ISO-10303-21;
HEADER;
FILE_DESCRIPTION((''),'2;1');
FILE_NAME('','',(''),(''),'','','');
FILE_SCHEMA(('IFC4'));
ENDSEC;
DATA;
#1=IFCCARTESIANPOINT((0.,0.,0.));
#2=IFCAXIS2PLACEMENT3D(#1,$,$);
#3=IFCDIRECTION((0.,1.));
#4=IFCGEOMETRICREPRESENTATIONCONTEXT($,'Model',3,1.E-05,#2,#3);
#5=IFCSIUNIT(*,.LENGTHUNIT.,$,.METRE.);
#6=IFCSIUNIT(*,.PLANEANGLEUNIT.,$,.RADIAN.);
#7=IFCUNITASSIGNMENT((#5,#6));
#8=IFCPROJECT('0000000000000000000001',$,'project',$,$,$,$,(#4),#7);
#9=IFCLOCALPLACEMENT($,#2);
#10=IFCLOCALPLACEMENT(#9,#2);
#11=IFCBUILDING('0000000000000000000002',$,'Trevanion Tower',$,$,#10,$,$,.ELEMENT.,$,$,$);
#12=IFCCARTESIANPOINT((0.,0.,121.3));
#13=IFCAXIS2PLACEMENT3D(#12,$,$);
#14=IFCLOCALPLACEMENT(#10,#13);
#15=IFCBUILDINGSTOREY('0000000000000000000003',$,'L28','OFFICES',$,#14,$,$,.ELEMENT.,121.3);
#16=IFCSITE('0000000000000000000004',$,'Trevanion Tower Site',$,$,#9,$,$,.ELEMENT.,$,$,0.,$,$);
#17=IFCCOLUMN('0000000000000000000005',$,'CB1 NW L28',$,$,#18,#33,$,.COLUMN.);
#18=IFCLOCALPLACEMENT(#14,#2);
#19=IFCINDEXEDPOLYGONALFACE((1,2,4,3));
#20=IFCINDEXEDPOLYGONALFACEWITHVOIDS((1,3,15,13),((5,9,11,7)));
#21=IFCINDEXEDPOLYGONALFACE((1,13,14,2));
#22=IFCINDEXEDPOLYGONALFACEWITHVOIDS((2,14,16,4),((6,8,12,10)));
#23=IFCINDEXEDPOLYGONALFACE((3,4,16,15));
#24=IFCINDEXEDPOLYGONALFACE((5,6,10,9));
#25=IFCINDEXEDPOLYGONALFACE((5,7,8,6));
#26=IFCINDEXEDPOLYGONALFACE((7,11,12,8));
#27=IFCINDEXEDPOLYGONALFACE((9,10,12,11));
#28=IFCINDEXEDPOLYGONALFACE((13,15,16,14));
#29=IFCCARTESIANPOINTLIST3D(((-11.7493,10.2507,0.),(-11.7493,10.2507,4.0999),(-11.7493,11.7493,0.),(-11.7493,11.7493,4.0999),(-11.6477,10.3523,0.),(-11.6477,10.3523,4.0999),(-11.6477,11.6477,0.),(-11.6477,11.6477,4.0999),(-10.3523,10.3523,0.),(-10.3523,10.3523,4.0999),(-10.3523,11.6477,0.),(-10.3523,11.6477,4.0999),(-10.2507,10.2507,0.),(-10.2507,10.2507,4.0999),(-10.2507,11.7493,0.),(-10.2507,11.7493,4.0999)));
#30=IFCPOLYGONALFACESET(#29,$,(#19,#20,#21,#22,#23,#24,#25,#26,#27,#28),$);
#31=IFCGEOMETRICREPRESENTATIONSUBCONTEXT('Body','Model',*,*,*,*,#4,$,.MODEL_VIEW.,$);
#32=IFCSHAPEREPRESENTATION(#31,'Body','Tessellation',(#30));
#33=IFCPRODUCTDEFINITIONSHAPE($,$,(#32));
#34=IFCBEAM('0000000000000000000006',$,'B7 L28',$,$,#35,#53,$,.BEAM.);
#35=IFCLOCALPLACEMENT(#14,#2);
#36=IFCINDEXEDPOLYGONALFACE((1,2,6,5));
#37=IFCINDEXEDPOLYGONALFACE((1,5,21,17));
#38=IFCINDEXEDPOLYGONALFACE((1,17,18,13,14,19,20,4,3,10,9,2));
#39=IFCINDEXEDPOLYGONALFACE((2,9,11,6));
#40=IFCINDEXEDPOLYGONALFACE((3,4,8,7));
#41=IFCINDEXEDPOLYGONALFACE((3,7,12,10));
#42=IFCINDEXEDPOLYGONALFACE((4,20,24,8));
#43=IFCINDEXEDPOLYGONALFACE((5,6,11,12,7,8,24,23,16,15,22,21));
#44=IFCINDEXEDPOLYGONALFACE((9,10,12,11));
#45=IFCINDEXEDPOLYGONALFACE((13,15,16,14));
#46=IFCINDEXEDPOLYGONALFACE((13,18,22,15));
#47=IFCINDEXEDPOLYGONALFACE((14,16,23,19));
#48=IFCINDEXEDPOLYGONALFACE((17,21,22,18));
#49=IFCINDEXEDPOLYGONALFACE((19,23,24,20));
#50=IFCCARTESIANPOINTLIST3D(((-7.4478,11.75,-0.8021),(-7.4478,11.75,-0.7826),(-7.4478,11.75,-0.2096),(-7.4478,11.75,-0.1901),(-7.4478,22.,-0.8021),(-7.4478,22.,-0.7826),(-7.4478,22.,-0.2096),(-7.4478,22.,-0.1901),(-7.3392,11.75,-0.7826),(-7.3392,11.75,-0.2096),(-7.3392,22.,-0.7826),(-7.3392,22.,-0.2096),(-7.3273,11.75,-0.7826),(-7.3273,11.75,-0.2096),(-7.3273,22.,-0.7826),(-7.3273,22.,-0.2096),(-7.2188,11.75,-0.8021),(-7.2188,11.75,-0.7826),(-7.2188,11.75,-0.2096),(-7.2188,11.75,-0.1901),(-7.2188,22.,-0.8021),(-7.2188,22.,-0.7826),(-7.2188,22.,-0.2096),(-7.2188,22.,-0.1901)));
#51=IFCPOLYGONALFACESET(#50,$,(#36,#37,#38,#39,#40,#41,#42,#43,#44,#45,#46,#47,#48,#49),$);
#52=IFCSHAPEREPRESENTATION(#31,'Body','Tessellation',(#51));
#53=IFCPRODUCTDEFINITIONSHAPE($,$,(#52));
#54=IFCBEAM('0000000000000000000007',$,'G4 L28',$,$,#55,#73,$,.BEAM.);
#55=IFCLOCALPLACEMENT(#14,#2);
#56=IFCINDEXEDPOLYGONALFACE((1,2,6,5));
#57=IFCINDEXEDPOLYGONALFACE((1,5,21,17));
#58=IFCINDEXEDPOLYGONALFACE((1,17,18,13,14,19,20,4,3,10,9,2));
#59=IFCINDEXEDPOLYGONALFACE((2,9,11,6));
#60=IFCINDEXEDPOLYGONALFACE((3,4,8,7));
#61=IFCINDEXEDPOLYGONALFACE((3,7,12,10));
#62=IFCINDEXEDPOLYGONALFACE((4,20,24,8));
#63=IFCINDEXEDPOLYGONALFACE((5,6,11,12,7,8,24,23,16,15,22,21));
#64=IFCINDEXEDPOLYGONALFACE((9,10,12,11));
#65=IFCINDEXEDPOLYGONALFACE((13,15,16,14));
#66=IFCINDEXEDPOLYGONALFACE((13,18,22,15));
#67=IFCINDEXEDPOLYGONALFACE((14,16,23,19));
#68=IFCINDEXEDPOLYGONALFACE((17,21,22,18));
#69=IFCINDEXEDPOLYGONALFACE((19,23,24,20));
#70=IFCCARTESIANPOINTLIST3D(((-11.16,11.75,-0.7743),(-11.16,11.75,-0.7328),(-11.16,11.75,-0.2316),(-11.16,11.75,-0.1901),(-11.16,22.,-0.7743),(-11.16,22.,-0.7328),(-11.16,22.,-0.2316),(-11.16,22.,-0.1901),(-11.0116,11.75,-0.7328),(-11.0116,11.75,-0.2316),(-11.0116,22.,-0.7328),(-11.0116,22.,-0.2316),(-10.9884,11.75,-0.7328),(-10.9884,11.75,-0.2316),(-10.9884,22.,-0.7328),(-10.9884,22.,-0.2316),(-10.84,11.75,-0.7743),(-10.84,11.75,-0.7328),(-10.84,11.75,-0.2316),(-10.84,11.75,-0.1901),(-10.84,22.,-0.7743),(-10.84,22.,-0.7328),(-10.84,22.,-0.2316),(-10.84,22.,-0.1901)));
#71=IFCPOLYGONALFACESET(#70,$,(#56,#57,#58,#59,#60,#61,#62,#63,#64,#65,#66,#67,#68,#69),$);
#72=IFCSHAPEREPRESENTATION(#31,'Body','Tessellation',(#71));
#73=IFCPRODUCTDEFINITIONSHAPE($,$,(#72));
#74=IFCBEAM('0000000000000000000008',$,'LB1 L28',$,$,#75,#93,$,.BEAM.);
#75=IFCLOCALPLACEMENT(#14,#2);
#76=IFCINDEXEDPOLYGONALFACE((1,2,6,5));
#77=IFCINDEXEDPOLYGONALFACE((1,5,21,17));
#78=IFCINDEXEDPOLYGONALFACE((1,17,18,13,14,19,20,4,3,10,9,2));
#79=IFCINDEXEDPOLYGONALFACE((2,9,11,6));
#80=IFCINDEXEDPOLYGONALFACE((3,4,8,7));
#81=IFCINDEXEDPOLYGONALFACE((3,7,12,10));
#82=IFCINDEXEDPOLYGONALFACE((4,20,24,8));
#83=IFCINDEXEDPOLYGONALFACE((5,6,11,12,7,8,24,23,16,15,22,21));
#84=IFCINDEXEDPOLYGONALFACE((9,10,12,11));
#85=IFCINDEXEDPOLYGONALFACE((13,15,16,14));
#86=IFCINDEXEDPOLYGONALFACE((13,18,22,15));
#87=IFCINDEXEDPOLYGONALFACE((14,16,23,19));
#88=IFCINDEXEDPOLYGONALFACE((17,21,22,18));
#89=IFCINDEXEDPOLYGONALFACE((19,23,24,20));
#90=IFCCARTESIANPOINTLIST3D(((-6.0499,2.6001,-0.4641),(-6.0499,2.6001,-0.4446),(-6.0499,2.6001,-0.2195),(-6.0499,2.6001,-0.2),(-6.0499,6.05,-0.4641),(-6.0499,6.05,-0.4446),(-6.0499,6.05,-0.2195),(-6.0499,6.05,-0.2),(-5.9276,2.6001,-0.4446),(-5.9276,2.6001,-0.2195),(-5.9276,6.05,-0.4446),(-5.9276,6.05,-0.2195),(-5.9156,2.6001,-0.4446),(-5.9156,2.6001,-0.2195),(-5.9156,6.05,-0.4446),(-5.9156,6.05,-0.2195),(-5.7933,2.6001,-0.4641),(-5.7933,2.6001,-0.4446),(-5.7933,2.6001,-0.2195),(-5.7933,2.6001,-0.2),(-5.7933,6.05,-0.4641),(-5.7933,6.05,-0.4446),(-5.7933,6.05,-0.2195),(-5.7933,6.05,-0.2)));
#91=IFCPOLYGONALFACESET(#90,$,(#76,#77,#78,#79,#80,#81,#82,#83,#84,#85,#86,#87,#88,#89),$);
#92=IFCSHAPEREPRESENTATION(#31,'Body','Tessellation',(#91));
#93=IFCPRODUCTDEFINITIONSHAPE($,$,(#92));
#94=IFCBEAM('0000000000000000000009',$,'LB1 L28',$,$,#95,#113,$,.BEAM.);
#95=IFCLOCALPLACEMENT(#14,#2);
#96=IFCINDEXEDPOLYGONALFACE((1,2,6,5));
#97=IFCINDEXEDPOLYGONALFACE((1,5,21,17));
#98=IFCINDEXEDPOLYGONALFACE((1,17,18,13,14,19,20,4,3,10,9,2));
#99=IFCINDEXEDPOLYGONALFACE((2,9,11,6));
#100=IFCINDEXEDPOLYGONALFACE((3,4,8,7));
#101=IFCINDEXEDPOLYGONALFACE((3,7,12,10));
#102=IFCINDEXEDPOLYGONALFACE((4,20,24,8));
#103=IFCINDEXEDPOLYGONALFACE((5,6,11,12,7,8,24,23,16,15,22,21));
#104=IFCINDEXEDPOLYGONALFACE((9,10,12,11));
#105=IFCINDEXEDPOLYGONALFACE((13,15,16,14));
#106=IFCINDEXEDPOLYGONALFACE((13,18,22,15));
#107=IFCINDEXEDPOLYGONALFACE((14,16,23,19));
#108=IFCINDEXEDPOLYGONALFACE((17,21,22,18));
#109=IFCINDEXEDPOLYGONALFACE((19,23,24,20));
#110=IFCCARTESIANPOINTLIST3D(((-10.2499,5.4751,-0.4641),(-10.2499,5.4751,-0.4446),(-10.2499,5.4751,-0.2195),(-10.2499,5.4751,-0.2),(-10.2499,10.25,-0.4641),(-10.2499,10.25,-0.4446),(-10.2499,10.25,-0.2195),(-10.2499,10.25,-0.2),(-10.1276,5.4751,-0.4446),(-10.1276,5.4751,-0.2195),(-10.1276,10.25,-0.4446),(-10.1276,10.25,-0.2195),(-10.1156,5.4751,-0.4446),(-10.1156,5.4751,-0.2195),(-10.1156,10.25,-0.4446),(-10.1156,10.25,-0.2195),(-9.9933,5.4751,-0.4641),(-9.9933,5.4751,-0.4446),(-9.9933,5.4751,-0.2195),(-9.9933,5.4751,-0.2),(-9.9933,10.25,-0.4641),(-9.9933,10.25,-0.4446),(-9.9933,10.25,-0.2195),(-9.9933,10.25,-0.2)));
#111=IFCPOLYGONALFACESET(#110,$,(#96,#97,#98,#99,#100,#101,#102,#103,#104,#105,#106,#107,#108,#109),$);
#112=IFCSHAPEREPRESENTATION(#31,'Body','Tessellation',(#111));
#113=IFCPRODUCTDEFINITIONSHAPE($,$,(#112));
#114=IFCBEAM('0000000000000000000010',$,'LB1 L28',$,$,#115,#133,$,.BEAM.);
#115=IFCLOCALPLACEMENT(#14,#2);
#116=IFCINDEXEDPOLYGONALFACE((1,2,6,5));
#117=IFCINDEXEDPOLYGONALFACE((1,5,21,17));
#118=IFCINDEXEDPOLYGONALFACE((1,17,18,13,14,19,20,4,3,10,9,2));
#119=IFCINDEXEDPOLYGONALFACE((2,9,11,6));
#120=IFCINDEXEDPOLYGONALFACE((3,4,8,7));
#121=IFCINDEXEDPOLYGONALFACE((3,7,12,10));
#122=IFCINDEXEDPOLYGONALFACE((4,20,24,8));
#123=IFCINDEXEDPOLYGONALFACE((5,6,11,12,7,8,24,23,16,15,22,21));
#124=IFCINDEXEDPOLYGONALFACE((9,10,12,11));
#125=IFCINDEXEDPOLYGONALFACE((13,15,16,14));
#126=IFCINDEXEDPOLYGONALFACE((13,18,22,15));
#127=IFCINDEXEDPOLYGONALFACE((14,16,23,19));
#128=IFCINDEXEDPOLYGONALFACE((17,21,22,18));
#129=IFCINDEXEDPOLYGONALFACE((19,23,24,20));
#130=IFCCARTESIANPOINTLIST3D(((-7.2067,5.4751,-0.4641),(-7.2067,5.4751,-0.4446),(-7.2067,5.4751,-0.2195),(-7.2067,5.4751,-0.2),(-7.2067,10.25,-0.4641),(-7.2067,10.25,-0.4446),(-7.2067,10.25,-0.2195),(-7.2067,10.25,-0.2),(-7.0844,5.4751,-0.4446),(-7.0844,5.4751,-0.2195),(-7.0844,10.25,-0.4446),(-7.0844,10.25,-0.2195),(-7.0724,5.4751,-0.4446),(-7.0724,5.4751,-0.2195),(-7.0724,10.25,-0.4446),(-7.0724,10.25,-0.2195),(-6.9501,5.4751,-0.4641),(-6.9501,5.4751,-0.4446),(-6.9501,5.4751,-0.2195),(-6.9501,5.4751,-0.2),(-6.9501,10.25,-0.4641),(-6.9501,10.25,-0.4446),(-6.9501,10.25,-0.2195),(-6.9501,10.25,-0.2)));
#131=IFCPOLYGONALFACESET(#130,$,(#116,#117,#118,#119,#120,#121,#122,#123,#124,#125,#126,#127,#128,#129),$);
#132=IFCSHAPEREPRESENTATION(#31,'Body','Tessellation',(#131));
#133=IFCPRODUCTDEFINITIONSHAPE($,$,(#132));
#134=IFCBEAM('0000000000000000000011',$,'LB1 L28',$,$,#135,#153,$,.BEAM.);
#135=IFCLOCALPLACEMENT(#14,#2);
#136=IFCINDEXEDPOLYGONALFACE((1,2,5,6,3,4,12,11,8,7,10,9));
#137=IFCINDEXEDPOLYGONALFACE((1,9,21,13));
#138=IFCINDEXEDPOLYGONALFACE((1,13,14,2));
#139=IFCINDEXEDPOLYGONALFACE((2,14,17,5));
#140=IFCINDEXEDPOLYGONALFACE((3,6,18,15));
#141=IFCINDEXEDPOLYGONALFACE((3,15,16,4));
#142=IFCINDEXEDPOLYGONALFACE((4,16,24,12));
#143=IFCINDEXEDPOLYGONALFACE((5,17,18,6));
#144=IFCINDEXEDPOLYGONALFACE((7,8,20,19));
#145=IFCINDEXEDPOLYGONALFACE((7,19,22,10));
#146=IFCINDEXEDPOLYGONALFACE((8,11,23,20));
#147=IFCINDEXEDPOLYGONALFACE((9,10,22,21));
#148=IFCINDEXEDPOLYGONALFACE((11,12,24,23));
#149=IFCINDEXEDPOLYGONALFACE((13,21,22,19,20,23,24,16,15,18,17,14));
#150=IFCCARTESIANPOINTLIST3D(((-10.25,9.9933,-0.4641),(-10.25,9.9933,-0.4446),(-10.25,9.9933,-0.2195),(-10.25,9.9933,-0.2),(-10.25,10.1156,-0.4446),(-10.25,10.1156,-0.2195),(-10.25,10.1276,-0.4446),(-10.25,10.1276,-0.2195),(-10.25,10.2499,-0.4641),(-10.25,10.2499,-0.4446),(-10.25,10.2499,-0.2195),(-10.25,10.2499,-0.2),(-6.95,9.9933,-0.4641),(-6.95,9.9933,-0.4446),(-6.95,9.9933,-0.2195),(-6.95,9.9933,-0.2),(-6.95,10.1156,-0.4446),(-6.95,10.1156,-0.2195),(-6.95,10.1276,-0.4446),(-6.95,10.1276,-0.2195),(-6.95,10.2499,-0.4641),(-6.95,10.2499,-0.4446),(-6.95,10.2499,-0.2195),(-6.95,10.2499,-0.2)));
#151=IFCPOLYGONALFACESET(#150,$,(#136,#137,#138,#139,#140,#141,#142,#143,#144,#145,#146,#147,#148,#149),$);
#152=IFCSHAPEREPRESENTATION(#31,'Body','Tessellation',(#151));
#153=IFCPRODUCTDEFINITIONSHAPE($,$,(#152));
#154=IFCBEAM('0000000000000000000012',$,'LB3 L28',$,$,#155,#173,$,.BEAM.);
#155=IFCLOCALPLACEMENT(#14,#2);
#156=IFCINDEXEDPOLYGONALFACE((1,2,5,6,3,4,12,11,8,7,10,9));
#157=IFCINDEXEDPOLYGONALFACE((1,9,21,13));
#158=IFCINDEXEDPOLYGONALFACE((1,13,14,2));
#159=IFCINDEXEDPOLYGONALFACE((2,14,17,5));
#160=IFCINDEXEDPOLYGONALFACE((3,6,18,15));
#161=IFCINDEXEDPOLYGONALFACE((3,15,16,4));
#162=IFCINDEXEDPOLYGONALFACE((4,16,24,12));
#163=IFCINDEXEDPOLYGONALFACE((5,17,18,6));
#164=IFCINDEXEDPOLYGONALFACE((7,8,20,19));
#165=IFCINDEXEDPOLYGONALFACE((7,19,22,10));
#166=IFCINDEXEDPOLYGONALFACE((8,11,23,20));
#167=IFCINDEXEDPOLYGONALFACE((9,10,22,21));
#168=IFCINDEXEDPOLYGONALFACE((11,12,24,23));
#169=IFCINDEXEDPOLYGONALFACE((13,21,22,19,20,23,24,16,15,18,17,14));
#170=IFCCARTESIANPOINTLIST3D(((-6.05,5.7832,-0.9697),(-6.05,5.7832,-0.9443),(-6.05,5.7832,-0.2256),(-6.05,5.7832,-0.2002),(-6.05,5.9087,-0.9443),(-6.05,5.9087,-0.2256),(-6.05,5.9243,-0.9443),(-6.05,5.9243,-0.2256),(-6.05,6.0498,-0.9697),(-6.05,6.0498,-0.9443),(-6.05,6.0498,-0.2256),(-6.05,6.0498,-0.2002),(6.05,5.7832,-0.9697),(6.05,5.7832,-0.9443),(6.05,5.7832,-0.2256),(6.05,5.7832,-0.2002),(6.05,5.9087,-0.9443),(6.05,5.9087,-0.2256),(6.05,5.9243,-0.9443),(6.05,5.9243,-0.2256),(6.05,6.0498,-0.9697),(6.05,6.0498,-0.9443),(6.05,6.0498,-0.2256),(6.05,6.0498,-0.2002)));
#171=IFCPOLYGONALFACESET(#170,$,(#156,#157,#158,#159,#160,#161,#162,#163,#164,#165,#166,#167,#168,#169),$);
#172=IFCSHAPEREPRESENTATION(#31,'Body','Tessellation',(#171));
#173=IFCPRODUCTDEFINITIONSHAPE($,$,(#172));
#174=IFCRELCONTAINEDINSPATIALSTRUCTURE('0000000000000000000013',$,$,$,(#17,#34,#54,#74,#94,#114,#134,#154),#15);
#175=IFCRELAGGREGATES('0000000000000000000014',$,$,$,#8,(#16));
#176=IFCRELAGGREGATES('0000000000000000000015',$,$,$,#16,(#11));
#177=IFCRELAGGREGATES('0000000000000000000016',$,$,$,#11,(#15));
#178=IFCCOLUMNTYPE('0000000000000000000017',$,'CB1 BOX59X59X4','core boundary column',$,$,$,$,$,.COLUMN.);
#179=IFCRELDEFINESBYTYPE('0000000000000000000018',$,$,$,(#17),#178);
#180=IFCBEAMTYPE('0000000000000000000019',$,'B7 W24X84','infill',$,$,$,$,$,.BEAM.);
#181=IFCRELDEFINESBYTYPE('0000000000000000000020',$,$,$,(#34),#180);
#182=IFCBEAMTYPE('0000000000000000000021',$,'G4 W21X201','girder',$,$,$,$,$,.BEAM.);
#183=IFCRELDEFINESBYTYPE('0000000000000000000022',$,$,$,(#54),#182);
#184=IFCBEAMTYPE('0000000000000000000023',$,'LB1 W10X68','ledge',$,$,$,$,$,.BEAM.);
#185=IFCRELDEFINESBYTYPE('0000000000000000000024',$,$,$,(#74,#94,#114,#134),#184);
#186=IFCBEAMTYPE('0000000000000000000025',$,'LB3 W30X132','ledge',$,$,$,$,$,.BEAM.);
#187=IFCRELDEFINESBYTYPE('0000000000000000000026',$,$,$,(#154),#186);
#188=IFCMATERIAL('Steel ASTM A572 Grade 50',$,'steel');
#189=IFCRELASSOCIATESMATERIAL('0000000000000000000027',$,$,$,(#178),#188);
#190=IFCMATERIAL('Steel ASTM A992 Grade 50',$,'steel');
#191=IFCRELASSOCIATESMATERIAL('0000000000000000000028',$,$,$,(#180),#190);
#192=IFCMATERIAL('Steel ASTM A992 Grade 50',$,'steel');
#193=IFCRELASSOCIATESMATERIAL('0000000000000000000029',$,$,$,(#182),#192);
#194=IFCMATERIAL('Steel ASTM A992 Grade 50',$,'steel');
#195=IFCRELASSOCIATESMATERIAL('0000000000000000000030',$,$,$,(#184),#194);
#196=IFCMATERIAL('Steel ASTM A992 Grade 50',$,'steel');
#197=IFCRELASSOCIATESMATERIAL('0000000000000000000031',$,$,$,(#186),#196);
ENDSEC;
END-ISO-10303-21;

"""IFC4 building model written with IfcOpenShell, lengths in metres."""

from ifc_helpers import new_model, si_unit, direction, frame, origin, origin_2d, place, context, subcontext, project, spatial, hollow_rectangle, i_section, extrude, material, material_profile, profile_set, type_object, element, save


model = new_model("IFC4")

# Units and contexts
model_context = context("Model", 3, precision=1e-05, world=origin(), true_north=direction((0.0, 1.0)))
body_context = subcontext(model_context, "Body", "Model", "MODEL_VIEW")
ifc_project = project(units=[si_unit("LENGTHUNIT", "METRE"), si_unit("PLANEANGLEUNIT", "RADIAN")], contexts=[model_context])

# Site, building, storey
site_placement = place(None, origin())
site = spatial("IfcSite", under=ifc_project, at=site_placement, Name="Trevanion Tower Site", CompositionType="ELEMENT", RefElevation=0.0)
building_placement = place(site_placement, origin())
building = spatial("IfcBuilding", under=site, at=building_placement, Name="Trevanion Tower", CompositionType="ELEMENT")
storey_placement = place(building_placement, frame((0.0, 0.0, 121.3)))
storey = spatial("IfcBuildingStorey", under=building, at=storey_placement, Name="L28", Description="OFFICES", CompositionType="ELEMENT", Elevation=121.3)

# Column
ifc_material_1 = material(Name="Steel ASTM A572 Grade 50", Category="steel")
ifc_material_profile_1 = material_profile(ifc_material_1, hollow_rectangle(XDim=1.4985, YDim=1.4985, WallThickness=0.1016, at=origin_2d()), Name="BOX59X59X4")
ifc_profile_set_1 = profile_set([ifc_material_profile_1], Name="Steel ASTM A572 Grade 50")
column_type = type_object("IfcColumnType", Name="CB1 BOX59X59X4", Description="core boundary column", PredefinedType="COLUMN", material=ifc_profile_set_1)
column_placement = place(storey_placement, frame((-11.0, 11.0, 0.0), z_axis=(0.0, 0.0, 1.0), x_axis=(1.0, 0.0, 0.0)))
element("IfcColumn", 1, at=column_placement, inside=storey, type_object=column_type, Name="CB1 NW L28", PredefinedType="COLUMN", context=body_context, shape_type="SweptSolid", body=[
    extrude(hollow_rectangle(XDim=1.4985, YDim=1.4985, WallThickness=0.1016, at=origin_2d()), origin(), (0.0, 0.0, 1.0), 4.0999),
])

# Beams
ifc_material_2 = material(Name="Steel ASTM A992 Grade 50", Category="steel")
ifc_material_profile_2 = material_profile(ifc_material_2, i_section(OverallWidth=0.229, OverallDepth=0.6121, WebThickness=0.012, FlangeThickness=0.0195, at=origin_2d()), Name="W24X84")
ifc_profile_set_2 = profile_set([ifc_material_profile_2], Name="Steel ASTM A992 Grade 50")
beam_type_1 = type_object("IfcBeamType", Name="B7 W24X84", Description="infill", PredefinedType="BEAM", material=ifc_profile_set_2)
beam_1_placement = place(storey_placement, frame((-7.3333, 11.75, -0.4961), z_axis=(0.0, 1.0, 0.0), x_axis=(-1.0, 0.0, 0.0)))
element("IfcBeam", 2, at=beam_1_placement, inside=storey, type_object=beam_type_1, Name="B7 L28", PredefinedType="BEAM", context=body_context, shape_type="SweptSolid", body=[
    extrude(i_section(OverallWidth=0.229, OverallDepth=0.6121, WebThickness=0.012, FlangeThickness=0.0195, at=origin_2d()), origin(), (0.0, 0.0, 1.0), 10.25),
])
ifc_material_3 = material(Name="Steel ASTM A992 Grade 50", Category="steel")
ifc_material_profile_3 = material_profile(ifc_material_3, i_section(OverallWidth=0.3201, OverallDepth=0.5842, WebThickness=0.0232, FlangeThickness=0.0415, at=origin_2d()), Name="W21X201")
ifc_profile_set_3 = profile_set([ifc_material_profile_3], Name="Steel ASTM A992 Grade 50")
beam_type_2 = type_object("IfcBeamType", Name="G4 W21X201", Description="girder", PredefinedType="BEAM", material=ifc_profile_set_3)
beam_2_placement = place(storey_placement, frame((-11.0, 11.75, -0.4822), z_axis=(0.0, 1.0, 0.0), x_axis=(-1.0, 0.0, 0.0)))
element("IfcBeam", 3, at=beam_2_placement, inside=storey, type_object=beam_type_2, Name="G4 L28", PredefinedType="BEAM", context=body_context, shape_type="SweptSolid", body=[
    extrude(i_section(OverallWidth=0.3201, OverallDepth=0.5842, WebThickness=0.0232, FlangeThickness=0.0415, at=origin_2d()), origin(), (0.0, 0.0, 1.0), 10.25),
])
ifc_material_4 = material(Name="Steel ASTM A992 Grade 50", Category="steel")
ifc_material_profile_4 = material_profile(ifc_material_4, i_section(OverallWidth=0.2566, OverallDepth=0.2642, WebThickness=0.012, FlangeThickness=0.0195, at=origin_2d()), Name="W10X68")
ifc_profile_set_4 = profile_set([ifc_material_profile_4], Name="Steel ASTM A992 Grade 50")
beam_type_3 = type_object("IfcBeamType", Name="LB1 W10X68", Description="ledge", PredefinedType="BEAM", material=ifc_profile_set_4)
beam_3_placement = place(storey_placement, frame((-5.9216, 2.6001, -0.332), z_axis=(0.0, 1.0, 0.0), x_axis=(-1.0, 0.0, 0.0)))
element("IfcBeam", 4, at=beam_3_placement, inside=storey, type_object=beam_type_3, Name="LB1 L28", PredefinedType="BEAM", context=body_context, shape_type="SweptSolid", body=[
    extrude(i_section(OverallWidth=0.2566, OverallDepth=0.2642, WebThickness=0.012, FlangeThickness=0.0195, at=origin_2d()), origin(), (0.0, 0.0, 1.0), 3.45),
])
for number, where, z_axis, x_axis, name in (
    (5, (-10.1216, 5.4751, -0.332), (0.0, 1.0, 0.0), (-1.0, 0.0, 0.0), "LB1 L28"),
    (6, (-7.0784, 5.4751, -0.332), (0.0, 1.0, 0.0), (-1.0, 0.0, 0.0), "LB1 L28"),
):
    element("IfcBeam", number, at=place(storey_placement, frame(where, z_axis=z_axis, x_axis=x_axis)), inside=storey, type_object=beam_type_3, Name=name, PredefinedType="BEAM", context=body_context, shape_type="SweptSolid", body=[
        extrude(i_section(OverallWidth=0.2566, OverallDepth=0.2642, WebThickness=0.012, FlangeThickness=0.0195, at=origin_2d()), origin(), (0.0, 0.0, 1.0), 4.7749),
    ])
beam_4_placement = place(storey_placement, frame((-10.25, 10.1216, -0.332), z_axis=(1.0, 0.0, 0.0), x_axis=(0.0, 1.0, 0.0)))
element("IfcBeam", 7, at=beam_4_placement, inside=storey, type_object=beam_type_3, Name="LB1 L28", PredefinedType="BEAM", context=body_context, shape_type="SweptSolid", body=[
    extrude(i_section(OverallWidth=0.2566, OverallDepth=0.2642, WebThickness=0.012, FlangeThickness=0.0195, at=origin_2d()), origin(), (0.0, 0.0, 1.0), 3.3),
])
ifc_material_5 = material(Name="Steel ASTM A992 Grade 50", Category="steel")
ifc_material_profile_5 = material_profile(ifc_material_5, i_section(OverallWidth=0.2666, OverallDepth=0.7695, WebThickness=0.0156, FlangeThickness=0.0254, at=origin_2d()), Name="W30X132")
ifc_profile_set_5 = profile_set([ifc_material_profile_5], Name="Steel ASTM A992 Grade 50")
beam_type_4 = type_object("IfcBeamType", Name="LB3 W30X132", Description="ledge", PredefinedType="BEAM", material=ifc_profile_set_5)
beam_5_placement = place(storey_placement, frame((-6.05, 5.9165, -0.585), z_axis=(1.0, 0.0, 0.0), x_axis=(0.0, 1.0, 0.0)))
element("IfcBeam", 8, at=beam_5_placement, inside=storey, type_object=beam_type_4, Name="LB3 L28", PredefinedType="BEAM", context=body_context, shape_type="SweptSolid", body=[
    extrude(i_section(OverallWidth=0.2666, OverallDepth=0.7695, WebThickness=0.0156, FlangeThickness=0.0254, at=origin_2d()), origin(), (0.0, 0.0, 1.0), 12.1001),
])

save(model, "model.ifc")
